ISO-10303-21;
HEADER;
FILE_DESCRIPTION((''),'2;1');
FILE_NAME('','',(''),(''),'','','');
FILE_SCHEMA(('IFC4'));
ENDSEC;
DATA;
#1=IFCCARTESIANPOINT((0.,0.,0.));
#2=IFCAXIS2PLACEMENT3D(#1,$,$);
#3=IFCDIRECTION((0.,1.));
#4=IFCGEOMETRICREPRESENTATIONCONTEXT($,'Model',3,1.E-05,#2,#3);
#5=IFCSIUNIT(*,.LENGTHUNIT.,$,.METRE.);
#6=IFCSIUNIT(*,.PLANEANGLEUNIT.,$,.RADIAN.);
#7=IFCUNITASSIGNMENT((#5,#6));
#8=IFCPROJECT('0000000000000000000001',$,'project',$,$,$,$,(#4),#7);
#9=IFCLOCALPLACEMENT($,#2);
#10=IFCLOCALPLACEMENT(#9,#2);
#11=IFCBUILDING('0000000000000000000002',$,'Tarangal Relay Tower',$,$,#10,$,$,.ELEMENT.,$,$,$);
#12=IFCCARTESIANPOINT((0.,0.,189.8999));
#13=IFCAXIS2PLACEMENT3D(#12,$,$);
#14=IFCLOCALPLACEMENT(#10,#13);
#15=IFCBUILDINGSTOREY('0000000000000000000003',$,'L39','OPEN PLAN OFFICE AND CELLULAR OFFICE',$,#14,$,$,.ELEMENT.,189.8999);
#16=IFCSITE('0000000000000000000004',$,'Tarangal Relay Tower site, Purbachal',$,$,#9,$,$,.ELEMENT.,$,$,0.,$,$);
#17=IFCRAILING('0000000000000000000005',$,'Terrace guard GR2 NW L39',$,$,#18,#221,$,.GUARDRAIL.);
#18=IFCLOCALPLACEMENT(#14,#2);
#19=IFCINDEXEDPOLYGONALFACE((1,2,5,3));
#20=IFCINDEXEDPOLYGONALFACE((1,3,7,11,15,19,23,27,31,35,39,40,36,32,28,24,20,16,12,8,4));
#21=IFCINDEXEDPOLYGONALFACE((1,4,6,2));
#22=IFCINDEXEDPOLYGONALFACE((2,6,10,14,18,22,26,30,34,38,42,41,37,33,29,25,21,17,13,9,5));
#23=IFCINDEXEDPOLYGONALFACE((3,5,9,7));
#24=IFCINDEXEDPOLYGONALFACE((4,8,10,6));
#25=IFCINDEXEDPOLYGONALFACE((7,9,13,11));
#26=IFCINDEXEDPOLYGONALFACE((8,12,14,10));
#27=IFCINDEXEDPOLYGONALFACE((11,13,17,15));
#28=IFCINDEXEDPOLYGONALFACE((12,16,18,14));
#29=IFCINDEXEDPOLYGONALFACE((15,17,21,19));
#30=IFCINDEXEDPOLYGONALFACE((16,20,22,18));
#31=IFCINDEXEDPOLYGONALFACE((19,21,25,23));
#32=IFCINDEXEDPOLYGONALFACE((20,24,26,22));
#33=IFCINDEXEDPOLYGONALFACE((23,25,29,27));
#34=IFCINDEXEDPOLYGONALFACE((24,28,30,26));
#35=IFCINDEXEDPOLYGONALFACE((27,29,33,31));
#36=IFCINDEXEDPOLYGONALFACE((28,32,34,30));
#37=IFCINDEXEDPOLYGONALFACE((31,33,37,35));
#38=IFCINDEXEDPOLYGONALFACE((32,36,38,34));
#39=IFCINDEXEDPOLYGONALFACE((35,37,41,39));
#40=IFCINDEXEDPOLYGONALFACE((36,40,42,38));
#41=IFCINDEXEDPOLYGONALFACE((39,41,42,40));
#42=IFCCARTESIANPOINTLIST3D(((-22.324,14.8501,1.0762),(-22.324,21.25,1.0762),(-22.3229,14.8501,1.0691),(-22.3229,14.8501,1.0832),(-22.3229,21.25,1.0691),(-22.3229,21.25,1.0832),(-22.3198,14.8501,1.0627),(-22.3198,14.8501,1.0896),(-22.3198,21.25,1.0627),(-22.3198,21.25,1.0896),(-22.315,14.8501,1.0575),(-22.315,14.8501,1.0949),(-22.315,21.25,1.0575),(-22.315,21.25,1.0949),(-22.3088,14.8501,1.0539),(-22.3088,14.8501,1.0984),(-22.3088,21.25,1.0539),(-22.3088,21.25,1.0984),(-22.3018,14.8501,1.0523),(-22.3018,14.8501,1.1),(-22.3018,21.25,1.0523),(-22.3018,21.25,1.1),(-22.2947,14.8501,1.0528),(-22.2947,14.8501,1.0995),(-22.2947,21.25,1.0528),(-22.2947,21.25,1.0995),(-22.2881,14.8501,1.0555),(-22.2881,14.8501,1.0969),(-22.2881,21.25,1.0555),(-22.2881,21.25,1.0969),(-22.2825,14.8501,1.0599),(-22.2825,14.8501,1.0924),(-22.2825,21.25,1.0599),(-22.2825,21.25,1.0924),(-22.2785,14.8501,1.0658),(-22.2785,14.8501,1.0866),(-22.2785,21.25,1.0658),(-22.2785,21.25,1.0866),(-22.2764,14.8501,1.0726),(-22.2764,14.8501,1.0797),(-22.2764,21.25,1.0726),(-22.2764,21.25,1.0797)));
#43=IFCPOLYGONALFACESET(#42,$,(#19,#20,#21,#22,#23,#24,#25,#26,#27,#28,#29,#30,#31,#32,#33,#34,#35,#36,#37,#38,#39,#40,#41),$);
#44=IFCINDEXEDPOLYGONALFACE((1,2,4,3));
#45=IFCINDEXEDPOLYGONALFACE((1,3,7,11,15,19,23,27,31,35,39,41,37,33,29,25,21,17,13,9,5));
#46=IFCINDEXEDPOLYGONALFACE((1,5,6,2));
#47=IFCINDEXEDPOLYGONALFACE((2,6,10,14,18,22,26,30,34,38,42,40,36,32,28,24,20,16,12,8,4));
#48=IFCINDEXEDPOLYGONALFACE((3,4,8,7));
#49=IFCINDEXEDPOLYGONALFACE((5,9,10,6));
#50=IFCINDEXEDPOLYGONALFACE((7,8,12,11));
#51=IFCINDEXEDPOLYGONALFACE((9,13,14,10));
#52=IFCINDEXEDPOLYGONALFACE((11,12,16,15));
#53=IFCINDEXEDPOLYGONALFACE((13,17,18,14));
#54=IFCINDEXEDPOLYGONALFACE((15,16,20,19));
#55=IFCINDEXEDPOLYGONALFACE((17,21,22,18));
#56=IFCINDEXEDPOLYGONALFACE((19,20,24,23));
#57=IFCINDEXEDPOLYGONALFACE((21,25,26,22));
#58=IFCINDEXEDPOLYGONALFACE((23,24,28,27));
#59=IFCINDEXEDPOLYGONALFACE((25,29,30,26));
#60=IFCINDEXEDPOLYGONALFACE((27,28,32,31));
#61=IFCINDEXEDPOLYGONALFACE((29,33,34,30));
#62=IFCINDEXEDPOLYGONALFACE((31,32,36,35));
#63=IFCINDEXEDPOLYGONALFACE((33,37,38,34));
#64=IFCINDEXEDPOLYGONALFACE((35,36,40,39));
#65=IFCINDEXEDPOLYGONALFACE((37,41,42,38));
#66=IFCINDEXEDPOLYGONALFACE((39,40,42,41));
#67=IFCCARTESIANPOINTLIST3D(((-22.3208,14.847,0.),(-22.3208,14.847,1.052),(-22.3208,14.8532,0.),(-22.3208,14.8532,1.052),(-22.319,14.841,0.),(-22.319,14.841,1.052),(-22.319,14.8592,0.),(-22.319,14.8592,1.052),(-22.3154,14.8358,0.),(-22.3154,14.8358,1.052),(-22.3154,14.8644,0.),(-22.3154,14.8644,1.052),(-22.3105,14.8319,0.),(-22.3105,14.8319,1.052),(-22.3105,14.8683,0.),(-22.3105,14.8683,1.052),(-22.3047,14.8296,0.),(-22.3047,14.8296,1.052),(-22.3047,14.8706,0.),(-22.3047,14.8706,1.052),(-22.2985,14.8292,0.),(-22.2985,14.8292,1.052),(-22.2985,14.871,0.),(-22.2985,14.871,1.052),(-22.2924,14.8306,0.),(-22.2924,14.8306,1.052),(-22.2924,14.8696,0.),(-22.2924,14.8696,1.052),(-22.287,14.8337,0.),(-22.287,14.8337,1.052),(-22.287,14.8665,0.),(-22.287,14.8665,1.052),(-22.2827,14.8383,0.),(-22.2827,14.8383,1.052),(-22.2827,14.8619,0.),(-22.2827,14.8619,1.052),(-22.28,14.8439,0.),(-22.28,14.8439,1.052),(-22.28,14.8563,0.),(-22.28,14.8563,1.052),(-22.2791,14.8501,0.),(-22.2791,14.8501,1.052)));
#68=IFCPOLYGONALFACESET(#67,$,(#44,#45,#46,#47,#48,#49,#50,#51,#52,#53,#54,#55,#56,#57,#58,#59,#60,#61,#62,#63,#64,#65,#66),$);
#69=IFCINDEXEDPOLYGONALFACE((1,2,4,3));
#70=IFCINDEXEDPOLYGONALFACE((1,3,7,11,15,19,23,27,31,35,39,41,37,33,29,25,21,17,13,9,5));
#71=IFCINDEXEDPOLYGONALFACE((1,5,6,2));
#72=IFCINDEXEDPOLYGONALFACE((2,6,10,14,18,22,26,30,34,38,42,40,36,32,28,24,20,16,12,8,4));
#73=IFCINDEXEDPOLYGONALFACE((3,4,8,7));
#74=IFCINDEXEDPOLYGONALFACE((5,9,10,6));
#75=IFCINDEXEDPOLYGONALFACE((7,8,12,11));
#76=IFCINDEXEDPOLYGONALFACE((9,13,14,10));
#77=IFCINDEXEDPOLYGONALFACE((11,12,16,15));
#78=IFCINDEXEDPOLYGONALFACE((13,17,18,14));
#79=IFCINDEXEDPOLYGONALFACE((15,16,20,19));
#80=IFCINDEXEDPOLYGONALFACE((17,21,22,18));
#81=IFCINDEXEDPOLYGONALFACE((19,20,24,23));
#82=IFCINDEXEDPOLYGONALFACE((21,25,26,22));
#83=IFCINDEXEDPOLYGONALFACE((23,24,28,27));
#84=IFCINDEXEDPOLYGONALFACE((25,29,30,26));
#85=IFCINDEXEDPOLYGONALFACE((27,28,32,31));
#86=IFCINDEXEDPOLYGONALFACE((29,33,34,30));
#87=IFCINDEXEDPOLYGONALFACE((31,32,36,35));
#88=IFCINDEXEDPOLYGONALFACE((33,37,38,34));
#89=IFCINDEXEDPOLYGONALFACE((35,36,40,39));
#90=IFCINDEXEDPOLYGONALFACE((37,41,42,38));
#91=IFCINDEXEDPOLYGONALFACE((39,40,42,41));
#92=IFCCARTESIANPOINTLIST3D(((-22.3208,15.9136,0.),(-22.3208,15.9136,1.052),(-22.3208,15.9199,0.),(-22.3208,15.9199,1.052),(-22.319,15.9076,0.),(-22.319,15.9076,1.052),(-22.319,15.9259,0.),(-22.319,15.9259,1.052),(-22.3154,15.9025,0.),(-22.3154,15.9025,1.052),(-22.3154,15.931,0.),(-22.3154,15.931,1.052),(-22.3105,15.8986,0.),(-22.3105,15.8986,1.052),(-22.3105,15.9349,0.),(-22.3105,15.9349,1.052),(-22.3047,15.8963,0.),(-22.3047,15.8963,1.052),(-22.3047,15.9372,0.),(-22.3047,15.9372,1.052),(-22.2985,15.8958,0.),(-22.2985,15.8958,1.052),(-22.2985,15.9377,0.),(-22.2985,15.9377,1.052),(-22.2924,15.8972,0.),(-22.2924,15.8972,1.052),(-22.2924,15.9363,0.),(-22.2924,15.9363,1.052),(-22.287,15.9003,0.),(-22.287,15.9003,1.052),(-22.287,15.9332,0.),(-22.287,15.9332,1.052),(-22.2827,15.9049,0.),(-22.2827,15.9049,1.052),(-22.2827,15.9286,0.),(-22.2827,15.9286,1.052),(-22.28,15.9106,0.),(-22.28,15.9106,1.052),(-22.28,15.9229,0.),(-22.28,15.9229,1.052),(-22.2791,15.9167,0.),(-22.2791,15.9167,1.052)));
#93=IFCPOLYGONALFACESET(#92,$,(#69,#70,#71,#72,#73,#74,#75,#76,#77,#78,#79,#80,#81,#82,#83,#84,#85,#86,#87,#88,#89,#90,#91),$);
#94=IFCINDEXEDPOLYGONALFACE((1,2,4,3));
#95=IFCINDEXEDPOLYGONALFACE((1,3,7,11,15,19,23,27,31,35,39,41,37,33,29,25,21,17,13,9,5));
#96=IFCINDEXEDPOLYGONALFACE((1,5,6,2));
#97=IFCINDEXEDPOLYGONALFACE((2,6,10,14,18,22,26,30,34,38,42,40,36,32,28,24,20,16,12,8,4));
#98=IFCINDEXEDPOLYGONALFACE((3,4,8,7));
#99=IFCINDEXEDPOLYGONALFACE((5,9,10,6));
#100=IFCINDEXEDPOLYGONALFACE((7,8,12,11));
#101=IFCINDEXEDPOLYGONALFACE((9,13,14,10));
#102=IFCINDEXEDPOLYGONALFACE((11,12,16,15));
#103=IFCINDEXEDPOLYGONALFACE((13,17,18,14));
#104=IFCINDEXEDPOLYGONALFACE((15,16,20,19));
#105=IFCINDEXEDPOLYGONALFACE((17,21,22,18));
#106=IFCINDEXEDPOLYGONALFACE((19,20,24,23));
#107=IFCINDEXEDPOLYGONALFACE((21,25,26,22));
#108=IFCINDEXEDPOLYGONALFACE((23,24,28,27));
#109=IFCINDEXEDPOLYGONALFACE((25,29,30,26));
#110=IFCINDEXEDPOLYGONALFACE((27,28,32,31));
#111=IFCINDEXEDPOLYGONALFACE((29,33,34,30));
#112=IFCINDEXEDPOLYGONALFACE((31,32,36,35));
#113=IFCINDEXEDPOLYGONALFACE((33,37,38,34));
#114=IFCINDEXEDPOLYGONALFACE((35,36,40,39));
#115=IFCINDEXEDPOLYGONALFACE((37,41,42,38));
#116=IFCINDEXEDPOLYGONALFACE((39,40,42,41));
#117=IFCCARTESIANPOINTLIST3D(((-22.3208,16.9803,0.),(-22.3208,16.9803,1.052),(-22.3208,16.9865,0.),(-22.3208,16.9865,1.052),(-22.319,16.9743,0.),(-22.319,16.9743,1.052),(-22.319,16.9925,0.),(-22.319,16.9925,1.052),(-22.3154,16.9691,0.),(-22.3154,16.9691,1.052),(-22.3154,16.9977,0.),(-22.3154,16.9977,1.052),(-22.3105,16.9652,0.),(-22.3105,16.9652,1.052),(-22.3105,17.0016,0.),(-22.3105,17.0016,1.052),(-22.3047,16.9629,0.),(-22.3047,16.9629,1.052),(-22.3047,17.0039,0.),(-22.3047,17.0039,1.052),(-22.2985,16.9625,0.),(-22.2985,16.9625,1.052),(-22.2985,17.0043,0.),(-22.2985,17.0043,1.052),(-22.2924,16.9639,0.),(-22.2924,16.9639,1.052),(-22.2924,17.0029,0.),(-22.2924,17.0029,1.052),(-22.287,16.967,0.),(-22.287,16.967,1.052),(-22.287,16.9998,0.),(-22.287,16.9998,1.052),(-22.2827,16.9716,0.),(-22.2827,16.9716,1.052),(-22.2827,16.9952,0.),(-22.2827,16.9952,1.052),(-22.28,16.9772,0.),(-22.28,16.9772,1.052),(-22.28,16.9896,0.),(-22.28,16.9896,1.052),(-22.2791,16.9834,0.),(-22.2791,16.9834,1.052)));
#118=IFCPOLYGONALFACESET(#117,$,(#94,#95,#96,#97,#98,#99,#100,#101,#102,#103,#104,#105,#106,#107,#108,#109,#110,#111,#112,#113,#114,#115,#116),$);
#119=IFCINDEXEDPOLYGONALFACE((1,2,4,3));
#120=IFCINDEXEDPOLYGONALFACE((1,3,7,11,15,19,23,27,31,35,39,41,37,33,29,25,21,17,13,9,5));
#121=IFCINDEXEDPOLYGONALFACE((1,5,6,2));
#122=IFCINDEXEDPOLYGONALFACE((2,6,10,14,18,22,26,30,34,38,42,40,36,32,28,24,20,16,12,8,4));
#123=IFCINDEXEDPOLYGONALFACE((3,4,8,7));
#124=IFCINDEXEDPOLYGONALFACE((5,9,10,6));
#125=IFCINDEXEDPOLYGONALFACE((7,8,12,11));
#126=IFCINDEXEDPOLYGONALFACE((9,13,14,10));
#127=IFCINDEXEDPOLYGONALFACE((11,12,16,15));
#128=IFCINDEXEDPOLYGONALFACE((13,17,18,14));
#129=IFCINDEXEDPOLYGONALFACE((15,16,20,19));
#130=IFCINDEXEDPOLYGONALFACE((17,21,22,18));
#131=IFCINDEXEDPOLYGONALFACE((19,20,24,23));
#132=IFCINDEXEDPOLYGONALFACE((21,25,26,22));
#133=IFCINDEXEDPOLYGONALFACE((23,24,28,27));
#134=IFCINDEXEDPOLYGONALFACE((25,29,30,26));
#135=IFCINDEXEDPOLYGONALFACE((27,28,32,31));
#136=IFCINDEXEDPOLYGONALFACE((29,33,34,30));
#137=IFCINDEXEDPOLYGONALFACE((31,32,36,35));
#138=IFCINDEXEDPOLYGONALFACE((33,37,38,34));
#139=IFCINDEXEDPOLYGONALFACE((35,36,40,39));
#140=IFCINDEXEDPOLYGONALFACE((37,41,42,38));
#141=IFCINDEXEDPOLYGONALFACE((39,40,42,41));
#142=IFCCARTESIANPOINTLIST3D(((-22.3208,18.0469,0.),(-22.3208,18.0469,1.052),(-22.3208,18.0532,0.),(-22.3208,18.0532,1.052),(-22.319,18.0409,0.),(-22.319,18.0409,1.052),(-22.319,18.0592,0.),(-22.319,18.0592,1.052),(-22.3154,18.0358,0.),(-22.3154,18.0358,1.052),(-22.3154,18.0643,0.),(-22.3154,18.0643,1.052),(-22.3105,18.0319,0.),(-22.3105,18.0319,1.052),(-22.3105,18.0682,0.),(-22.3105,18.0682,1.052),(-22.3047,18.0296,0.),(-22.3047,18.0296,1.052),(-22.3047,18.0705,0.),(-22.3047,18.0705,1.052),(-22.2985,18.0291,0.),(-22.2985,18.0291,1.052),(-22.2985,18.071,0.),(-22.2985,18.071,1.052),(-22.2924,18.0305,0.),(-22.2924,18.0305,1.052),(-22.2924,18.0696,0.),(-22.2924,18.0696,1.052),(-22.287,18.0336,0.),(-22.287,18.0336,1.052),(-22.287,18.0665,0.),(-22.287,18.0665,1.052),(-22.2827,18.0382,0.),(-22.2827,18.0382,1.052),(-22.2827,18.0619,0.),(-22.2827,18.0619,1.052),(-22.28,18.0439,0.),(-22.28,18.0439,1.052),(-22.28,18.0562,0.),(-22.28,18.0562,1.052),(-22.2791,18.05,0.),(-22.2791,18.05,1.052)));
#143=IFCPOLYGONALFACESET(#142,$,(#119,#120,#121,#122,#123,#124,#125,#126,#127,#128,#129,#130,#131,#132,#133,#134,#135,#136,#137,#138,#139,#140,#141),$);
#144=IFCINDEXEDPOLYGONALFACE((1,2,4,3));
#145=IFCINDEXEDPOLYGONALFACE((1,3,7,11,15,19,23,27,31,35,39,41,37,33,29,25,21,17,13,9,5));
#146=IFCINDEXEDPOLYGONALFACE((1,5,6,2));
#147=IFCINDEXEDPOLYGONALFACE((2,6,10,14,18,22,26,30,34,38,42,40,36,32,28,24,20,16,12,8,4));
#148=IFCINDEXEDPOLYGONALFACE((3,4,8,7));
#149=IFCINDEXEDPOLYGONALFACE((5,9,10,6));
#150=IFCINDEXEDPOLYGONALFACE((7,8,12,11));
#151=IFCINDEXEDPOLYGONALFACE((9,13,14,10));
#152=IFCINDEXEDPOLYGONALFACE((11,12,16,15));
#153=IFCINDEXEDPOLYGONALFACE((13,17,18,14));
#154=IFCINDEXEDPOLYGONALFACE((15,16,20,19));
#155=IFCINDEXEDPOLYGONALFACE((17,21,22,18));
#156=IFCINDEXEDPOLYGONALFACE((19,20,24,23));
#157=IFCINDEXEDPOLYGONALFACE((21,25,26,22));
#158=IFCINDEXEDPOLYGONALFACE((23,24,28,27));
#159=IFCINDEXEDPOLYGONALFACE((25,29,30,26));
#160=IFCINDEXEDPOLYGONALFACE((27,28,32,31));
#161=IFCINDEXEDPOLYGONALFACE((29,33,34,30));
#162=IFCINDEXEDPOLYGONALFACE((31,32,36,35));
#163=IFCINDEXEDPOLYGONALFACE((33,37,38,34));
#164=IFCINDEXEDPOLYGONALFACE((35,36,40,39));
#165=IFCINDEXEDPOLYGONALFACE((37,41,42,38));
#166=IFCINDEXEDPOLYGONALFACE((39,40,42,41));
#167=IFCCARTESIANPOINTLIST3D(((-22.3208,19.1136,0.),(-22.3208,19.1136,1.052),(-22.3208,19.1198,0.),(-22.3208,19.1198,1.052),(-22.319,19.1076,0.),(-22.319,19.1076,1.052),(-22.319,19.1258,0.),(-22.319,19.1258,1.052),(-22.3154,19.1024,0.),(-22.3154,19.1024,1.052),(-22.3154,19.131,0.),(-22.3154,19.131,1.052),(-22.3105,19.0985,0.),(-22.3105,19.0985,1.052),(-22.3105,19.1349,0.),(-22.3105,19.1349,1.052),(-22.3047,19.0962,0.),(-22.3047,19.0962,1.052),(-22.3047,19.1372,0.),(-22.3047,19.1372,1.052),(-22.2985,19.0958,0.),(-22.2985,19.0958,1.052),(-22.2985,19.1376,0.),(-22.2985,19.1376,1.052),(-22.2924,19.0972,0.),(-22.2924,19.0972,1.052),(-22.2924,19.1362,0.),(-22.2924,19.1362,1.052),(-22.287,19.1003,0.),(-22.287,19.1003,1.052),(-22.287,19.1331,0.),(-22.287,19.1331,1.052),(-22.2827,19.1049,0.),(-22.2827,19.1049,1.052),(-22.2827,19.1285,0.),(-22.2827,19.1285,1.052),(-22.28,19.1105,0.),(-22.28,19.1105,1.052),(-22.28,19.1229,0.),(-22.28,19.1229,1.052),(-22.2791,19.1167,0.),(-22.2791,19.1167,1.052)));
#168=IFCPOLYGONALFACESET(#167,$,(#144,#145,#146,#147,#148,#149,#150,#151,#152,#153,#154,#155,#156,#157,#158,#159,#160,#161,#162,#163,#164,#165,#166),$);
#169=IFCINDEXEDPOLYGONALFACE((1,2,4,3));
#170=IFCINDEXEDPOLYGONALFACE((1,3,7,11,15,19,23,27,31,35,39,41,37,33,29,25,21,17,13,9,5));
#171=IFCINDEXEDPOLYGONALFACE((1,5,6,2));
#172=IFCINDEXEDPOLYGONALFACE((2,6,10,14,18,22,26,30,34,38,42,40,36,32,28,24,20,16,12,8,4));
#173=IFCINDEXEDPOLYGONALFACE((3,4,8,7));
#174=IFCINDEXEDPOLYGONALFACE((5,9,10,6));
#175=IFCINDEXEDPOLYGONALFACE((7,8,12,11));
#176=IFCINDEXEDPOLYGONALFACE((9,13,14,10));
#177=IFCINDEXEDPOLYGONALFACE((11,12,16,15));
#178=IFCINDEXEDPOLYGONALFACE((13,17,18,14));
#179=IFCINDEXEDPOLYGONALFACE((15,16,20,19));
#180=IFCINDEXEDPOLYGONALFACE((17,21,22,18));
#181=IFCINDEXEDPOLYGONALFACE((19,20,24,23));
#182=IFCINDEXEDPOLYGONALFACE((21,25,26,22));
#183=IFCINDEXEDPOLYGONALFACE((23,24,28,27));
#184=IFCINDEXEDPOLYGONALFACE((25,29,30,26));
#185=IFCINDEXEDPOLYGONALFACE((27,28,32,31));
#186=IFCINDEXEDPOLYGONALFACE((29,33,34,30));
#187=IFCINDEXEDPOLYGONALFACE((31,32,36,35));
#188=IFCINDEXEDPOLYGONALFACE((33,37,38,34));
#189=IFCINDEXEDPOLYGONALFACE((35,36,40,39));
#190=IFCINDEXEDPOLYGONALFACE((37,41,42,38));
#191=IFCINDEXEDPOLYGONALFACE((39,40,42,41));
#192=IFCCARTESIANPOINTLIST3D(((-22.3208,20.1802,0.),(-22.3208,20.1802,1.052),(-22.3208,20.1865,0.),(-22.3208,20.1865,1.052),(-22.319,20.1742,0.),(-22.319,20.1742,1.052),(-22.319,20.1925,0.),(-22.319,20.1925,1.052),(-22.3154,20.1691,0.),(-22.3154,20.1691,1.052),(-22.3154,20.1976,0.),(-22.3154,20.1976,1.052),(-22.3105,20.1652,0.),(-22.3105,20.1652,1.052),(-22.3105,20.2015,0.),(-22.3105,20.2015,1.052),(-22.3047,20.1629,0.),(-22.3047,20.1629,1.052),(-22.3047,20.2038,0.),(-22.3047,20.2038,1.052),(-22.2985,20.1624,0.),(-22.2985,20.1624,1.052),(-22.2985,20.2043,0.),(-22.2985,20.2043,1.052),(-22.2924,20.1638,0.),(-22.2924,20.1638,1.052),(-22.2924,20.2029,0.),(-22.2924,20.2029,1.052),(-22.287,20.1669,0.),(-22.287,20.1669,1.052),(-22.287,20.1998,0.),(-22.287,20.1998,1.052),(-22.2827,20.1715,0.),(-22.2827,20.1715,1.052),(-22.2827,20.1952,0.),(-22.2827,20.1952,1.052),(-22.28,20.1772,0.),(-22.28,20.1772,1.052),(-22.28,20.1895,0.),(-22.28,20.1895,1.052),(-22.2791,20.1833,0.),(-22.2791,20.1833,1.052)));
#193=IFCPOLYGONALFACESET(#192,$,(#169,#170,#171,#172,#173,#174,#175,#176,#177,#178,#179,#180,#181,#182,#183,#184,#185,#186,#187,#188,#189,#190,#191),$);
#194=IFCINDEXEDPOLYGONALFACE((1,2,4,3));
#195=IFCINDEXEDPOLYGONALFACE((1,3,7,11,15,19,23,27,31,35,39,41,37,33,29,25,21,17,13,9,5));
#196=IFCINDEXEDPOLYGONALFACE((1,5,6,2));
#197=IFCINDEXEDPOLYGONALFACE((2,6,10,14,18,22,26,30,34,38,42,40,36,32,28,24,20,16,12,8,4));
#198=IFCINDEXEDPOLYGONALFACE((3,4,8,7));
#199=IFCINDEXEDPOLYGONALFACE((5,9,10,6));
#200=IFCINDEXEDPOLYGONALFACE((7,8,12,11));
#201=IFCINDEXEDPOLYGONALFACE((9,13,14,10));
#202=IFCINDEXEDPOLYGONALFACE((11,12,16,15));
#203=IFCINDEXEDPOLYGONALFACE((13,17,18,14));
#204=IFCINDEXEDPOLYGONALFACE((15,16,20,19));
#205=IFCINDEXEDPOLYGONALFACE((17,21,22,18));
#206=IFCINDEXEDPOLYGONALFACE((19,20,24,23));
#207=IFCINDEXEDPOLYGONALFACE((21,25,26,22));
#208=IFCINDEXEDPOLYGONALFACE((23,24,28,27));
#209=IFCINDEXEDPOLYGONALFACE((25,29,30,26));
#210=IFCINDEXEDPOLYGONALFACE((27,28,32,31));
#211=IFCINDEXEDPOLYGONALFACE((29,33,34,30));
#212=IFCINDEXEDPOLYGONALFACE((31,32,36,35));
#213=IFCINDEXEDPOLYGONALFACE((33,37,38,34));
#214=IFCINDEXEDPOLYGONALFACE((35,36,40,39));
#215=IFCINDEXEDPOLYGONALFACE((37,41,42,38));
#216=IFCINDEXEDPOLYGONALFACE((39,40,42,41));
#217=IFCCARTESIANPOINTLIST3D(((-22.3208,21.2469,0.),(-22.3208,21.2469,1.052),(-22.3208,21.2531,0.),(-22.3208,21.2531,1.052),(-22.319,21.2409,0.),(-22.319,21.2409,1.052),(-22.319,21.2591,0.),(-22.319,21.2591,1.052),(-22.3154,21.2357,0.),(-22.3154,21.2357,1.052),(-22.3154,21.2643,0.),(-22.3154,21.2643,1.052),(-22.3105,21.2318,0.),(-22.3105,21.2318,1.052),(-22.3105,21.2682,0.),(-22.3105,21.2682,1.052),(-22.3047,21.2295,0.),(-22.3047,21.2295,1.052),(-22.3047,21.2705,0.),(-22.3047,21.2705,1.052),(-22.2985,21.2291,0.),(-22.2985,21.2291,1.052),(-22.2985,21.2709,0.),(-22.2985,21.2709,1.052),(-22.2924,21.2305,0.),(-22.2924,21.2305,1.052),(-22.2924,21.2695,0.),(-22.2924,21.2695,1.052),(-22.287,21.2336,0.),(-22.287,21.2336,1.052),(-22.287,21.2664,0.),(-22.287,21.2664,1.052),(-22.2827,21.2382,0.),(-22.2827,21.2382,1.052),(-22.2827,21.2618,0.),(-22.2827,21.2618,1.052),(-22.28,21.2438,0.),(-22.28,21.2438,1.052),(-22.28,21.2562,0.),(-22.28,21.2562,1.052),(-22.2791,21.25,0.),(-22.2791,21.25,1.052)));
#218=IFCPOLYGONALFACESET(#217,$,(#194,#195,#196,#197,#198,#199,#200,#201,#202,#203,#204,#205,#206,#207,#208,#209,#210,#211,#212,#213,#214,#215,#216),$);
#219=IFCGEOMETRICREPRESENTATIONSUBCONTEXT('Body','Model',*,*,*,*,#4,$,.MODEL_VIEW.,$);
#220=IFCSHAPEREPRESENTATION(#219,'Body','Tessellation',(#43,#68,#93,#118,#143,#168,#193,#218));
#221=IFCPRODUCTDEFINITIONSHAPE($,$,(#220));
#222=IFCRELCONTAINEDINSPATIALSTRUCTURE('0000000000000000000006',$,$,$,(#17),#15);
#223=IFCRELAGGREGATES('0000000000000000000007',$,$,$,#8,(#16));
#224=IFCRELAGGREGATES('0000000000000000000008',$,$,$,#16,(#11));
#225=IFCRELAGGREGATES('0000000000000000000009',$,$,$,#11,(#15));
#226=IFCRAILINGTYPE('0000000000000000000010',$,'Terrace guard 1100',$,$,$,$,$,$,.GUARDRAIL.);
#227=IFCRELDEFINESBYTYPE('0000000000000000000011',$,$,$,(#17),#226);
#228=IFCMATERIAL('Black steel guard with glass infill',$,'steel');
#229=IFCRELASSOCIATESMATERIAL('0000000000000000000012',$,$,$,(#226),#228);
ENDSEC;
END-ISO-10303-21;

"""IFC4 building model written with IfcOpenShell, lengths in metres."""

from ifc_helpers import new_model, si_unit, direction, frame, origin, origin_2d, place, context, subcontext, project, spatial, circle, extrude, material, type_object, element, save


model = new_model("IFC4")

# Units and contexts
model_context = context("Model", 3, precision=1e-05, world=origin(), true_north=direction((0.0, 1.0)))
body_context = subcontext(model_context, "Body", "Model", "MODEL_VIEW")
ifc_project = project(units=[si_unit("LENGTHUNIT", "METRE"), si_unit("PLANEANGLEUNIT", "RADIAN")], contexts=[model_context])

# Site, building, storey
site_placement = place(None, origin())
site = spatial("IfcSite", under=ifc_project, at=site_placement, Name="Tarangal Relay Tower site, Purbachal", CompositionType="ELEMENT", RefElevation=0.0)
building_placement = place(site_placement, origin())
building = spatial("IfcBuilding", under=site, at=building_placement, Name="Tarangal Relay Tower", CompositionType="ELEMENT")
storey_placement = place(building_placement, frame((0.0, 0.0, 189.8999)))
storey = spatial("IfcBuildingStorey", under=building, at=storey_placement, Name="L39", Description="OPEN PLAN OFFICE AND CELLULAR OFFICE", CompositionType="ELEMENT", Elevation=189.8999)

# Railing
ifc_material_1 = material(Name="Black steel guard with glass infill", Category="steel")
railing_type = type_object("IfcRailingType", Name="Terrace guard 1100", PredefinedType="GUARDRAIL", material=ifc_material_1)
railing_1_placement = place(storey_placement, frame((-22.3, 14.8501, 0.0)))
element("IfcRailing", 1, at=railing_1_placement, inside=storey, type_object=railing_type, Name="Terrace guard GR2 NW L39", PredefinedType="GUARDRAIL", context=body_context, shape_type="SweptSolid", body=[
    extrude(circle(Radius=0.0239, at=origin_2d()), frame((0.0, 0.0, 1.0762), z_axis=(0.0, 1.0, 0.0), x_axis=(-1.0, 0.0, 0.0)), (0.0, 0.0, 1.0), 6.3999),
    extrude(circle(Radius=0.021, at=origin_2d()), origin(), (0.0, 0.0, 1.0), 1.052),
    extrude(circle(Radius=0.021, at=origin_2d()), frame((0.0, 1.0667, 0.0)), (0.0, 0.0, 1.0), 1.052),
    extrude(circle(Radius=0.021, at=origin_2d()), frame((0.0, 2.1333, 0.0)), (0.0, 0.0, 1.0), 1.052),
    extrude(circle(Radius=0.021, at=origin_2d()), frame((0.0, 3.2, 0.0)), (0.0, 0.0, 1.0), 1.052),
    extrude(circle(Radius=0.021, at=origin_2d()), frame((0.0, 4.2666, 0.0)), (0.0, 0.0, 1.0), 1.052),
    extrude(circle(Radius=0.021, at=origin_2d()), frame((0.0, 5.3333, 0.0)), (0.0, 0.0, 1.0), 1.052),
    extrude(circle(Radius=0.021, at=origin_2d()), frame((0.0, 6.3999, 0.0)), (0.0, 0.0, 1.0), 1.052),
])

save(model, "model.ifc")
